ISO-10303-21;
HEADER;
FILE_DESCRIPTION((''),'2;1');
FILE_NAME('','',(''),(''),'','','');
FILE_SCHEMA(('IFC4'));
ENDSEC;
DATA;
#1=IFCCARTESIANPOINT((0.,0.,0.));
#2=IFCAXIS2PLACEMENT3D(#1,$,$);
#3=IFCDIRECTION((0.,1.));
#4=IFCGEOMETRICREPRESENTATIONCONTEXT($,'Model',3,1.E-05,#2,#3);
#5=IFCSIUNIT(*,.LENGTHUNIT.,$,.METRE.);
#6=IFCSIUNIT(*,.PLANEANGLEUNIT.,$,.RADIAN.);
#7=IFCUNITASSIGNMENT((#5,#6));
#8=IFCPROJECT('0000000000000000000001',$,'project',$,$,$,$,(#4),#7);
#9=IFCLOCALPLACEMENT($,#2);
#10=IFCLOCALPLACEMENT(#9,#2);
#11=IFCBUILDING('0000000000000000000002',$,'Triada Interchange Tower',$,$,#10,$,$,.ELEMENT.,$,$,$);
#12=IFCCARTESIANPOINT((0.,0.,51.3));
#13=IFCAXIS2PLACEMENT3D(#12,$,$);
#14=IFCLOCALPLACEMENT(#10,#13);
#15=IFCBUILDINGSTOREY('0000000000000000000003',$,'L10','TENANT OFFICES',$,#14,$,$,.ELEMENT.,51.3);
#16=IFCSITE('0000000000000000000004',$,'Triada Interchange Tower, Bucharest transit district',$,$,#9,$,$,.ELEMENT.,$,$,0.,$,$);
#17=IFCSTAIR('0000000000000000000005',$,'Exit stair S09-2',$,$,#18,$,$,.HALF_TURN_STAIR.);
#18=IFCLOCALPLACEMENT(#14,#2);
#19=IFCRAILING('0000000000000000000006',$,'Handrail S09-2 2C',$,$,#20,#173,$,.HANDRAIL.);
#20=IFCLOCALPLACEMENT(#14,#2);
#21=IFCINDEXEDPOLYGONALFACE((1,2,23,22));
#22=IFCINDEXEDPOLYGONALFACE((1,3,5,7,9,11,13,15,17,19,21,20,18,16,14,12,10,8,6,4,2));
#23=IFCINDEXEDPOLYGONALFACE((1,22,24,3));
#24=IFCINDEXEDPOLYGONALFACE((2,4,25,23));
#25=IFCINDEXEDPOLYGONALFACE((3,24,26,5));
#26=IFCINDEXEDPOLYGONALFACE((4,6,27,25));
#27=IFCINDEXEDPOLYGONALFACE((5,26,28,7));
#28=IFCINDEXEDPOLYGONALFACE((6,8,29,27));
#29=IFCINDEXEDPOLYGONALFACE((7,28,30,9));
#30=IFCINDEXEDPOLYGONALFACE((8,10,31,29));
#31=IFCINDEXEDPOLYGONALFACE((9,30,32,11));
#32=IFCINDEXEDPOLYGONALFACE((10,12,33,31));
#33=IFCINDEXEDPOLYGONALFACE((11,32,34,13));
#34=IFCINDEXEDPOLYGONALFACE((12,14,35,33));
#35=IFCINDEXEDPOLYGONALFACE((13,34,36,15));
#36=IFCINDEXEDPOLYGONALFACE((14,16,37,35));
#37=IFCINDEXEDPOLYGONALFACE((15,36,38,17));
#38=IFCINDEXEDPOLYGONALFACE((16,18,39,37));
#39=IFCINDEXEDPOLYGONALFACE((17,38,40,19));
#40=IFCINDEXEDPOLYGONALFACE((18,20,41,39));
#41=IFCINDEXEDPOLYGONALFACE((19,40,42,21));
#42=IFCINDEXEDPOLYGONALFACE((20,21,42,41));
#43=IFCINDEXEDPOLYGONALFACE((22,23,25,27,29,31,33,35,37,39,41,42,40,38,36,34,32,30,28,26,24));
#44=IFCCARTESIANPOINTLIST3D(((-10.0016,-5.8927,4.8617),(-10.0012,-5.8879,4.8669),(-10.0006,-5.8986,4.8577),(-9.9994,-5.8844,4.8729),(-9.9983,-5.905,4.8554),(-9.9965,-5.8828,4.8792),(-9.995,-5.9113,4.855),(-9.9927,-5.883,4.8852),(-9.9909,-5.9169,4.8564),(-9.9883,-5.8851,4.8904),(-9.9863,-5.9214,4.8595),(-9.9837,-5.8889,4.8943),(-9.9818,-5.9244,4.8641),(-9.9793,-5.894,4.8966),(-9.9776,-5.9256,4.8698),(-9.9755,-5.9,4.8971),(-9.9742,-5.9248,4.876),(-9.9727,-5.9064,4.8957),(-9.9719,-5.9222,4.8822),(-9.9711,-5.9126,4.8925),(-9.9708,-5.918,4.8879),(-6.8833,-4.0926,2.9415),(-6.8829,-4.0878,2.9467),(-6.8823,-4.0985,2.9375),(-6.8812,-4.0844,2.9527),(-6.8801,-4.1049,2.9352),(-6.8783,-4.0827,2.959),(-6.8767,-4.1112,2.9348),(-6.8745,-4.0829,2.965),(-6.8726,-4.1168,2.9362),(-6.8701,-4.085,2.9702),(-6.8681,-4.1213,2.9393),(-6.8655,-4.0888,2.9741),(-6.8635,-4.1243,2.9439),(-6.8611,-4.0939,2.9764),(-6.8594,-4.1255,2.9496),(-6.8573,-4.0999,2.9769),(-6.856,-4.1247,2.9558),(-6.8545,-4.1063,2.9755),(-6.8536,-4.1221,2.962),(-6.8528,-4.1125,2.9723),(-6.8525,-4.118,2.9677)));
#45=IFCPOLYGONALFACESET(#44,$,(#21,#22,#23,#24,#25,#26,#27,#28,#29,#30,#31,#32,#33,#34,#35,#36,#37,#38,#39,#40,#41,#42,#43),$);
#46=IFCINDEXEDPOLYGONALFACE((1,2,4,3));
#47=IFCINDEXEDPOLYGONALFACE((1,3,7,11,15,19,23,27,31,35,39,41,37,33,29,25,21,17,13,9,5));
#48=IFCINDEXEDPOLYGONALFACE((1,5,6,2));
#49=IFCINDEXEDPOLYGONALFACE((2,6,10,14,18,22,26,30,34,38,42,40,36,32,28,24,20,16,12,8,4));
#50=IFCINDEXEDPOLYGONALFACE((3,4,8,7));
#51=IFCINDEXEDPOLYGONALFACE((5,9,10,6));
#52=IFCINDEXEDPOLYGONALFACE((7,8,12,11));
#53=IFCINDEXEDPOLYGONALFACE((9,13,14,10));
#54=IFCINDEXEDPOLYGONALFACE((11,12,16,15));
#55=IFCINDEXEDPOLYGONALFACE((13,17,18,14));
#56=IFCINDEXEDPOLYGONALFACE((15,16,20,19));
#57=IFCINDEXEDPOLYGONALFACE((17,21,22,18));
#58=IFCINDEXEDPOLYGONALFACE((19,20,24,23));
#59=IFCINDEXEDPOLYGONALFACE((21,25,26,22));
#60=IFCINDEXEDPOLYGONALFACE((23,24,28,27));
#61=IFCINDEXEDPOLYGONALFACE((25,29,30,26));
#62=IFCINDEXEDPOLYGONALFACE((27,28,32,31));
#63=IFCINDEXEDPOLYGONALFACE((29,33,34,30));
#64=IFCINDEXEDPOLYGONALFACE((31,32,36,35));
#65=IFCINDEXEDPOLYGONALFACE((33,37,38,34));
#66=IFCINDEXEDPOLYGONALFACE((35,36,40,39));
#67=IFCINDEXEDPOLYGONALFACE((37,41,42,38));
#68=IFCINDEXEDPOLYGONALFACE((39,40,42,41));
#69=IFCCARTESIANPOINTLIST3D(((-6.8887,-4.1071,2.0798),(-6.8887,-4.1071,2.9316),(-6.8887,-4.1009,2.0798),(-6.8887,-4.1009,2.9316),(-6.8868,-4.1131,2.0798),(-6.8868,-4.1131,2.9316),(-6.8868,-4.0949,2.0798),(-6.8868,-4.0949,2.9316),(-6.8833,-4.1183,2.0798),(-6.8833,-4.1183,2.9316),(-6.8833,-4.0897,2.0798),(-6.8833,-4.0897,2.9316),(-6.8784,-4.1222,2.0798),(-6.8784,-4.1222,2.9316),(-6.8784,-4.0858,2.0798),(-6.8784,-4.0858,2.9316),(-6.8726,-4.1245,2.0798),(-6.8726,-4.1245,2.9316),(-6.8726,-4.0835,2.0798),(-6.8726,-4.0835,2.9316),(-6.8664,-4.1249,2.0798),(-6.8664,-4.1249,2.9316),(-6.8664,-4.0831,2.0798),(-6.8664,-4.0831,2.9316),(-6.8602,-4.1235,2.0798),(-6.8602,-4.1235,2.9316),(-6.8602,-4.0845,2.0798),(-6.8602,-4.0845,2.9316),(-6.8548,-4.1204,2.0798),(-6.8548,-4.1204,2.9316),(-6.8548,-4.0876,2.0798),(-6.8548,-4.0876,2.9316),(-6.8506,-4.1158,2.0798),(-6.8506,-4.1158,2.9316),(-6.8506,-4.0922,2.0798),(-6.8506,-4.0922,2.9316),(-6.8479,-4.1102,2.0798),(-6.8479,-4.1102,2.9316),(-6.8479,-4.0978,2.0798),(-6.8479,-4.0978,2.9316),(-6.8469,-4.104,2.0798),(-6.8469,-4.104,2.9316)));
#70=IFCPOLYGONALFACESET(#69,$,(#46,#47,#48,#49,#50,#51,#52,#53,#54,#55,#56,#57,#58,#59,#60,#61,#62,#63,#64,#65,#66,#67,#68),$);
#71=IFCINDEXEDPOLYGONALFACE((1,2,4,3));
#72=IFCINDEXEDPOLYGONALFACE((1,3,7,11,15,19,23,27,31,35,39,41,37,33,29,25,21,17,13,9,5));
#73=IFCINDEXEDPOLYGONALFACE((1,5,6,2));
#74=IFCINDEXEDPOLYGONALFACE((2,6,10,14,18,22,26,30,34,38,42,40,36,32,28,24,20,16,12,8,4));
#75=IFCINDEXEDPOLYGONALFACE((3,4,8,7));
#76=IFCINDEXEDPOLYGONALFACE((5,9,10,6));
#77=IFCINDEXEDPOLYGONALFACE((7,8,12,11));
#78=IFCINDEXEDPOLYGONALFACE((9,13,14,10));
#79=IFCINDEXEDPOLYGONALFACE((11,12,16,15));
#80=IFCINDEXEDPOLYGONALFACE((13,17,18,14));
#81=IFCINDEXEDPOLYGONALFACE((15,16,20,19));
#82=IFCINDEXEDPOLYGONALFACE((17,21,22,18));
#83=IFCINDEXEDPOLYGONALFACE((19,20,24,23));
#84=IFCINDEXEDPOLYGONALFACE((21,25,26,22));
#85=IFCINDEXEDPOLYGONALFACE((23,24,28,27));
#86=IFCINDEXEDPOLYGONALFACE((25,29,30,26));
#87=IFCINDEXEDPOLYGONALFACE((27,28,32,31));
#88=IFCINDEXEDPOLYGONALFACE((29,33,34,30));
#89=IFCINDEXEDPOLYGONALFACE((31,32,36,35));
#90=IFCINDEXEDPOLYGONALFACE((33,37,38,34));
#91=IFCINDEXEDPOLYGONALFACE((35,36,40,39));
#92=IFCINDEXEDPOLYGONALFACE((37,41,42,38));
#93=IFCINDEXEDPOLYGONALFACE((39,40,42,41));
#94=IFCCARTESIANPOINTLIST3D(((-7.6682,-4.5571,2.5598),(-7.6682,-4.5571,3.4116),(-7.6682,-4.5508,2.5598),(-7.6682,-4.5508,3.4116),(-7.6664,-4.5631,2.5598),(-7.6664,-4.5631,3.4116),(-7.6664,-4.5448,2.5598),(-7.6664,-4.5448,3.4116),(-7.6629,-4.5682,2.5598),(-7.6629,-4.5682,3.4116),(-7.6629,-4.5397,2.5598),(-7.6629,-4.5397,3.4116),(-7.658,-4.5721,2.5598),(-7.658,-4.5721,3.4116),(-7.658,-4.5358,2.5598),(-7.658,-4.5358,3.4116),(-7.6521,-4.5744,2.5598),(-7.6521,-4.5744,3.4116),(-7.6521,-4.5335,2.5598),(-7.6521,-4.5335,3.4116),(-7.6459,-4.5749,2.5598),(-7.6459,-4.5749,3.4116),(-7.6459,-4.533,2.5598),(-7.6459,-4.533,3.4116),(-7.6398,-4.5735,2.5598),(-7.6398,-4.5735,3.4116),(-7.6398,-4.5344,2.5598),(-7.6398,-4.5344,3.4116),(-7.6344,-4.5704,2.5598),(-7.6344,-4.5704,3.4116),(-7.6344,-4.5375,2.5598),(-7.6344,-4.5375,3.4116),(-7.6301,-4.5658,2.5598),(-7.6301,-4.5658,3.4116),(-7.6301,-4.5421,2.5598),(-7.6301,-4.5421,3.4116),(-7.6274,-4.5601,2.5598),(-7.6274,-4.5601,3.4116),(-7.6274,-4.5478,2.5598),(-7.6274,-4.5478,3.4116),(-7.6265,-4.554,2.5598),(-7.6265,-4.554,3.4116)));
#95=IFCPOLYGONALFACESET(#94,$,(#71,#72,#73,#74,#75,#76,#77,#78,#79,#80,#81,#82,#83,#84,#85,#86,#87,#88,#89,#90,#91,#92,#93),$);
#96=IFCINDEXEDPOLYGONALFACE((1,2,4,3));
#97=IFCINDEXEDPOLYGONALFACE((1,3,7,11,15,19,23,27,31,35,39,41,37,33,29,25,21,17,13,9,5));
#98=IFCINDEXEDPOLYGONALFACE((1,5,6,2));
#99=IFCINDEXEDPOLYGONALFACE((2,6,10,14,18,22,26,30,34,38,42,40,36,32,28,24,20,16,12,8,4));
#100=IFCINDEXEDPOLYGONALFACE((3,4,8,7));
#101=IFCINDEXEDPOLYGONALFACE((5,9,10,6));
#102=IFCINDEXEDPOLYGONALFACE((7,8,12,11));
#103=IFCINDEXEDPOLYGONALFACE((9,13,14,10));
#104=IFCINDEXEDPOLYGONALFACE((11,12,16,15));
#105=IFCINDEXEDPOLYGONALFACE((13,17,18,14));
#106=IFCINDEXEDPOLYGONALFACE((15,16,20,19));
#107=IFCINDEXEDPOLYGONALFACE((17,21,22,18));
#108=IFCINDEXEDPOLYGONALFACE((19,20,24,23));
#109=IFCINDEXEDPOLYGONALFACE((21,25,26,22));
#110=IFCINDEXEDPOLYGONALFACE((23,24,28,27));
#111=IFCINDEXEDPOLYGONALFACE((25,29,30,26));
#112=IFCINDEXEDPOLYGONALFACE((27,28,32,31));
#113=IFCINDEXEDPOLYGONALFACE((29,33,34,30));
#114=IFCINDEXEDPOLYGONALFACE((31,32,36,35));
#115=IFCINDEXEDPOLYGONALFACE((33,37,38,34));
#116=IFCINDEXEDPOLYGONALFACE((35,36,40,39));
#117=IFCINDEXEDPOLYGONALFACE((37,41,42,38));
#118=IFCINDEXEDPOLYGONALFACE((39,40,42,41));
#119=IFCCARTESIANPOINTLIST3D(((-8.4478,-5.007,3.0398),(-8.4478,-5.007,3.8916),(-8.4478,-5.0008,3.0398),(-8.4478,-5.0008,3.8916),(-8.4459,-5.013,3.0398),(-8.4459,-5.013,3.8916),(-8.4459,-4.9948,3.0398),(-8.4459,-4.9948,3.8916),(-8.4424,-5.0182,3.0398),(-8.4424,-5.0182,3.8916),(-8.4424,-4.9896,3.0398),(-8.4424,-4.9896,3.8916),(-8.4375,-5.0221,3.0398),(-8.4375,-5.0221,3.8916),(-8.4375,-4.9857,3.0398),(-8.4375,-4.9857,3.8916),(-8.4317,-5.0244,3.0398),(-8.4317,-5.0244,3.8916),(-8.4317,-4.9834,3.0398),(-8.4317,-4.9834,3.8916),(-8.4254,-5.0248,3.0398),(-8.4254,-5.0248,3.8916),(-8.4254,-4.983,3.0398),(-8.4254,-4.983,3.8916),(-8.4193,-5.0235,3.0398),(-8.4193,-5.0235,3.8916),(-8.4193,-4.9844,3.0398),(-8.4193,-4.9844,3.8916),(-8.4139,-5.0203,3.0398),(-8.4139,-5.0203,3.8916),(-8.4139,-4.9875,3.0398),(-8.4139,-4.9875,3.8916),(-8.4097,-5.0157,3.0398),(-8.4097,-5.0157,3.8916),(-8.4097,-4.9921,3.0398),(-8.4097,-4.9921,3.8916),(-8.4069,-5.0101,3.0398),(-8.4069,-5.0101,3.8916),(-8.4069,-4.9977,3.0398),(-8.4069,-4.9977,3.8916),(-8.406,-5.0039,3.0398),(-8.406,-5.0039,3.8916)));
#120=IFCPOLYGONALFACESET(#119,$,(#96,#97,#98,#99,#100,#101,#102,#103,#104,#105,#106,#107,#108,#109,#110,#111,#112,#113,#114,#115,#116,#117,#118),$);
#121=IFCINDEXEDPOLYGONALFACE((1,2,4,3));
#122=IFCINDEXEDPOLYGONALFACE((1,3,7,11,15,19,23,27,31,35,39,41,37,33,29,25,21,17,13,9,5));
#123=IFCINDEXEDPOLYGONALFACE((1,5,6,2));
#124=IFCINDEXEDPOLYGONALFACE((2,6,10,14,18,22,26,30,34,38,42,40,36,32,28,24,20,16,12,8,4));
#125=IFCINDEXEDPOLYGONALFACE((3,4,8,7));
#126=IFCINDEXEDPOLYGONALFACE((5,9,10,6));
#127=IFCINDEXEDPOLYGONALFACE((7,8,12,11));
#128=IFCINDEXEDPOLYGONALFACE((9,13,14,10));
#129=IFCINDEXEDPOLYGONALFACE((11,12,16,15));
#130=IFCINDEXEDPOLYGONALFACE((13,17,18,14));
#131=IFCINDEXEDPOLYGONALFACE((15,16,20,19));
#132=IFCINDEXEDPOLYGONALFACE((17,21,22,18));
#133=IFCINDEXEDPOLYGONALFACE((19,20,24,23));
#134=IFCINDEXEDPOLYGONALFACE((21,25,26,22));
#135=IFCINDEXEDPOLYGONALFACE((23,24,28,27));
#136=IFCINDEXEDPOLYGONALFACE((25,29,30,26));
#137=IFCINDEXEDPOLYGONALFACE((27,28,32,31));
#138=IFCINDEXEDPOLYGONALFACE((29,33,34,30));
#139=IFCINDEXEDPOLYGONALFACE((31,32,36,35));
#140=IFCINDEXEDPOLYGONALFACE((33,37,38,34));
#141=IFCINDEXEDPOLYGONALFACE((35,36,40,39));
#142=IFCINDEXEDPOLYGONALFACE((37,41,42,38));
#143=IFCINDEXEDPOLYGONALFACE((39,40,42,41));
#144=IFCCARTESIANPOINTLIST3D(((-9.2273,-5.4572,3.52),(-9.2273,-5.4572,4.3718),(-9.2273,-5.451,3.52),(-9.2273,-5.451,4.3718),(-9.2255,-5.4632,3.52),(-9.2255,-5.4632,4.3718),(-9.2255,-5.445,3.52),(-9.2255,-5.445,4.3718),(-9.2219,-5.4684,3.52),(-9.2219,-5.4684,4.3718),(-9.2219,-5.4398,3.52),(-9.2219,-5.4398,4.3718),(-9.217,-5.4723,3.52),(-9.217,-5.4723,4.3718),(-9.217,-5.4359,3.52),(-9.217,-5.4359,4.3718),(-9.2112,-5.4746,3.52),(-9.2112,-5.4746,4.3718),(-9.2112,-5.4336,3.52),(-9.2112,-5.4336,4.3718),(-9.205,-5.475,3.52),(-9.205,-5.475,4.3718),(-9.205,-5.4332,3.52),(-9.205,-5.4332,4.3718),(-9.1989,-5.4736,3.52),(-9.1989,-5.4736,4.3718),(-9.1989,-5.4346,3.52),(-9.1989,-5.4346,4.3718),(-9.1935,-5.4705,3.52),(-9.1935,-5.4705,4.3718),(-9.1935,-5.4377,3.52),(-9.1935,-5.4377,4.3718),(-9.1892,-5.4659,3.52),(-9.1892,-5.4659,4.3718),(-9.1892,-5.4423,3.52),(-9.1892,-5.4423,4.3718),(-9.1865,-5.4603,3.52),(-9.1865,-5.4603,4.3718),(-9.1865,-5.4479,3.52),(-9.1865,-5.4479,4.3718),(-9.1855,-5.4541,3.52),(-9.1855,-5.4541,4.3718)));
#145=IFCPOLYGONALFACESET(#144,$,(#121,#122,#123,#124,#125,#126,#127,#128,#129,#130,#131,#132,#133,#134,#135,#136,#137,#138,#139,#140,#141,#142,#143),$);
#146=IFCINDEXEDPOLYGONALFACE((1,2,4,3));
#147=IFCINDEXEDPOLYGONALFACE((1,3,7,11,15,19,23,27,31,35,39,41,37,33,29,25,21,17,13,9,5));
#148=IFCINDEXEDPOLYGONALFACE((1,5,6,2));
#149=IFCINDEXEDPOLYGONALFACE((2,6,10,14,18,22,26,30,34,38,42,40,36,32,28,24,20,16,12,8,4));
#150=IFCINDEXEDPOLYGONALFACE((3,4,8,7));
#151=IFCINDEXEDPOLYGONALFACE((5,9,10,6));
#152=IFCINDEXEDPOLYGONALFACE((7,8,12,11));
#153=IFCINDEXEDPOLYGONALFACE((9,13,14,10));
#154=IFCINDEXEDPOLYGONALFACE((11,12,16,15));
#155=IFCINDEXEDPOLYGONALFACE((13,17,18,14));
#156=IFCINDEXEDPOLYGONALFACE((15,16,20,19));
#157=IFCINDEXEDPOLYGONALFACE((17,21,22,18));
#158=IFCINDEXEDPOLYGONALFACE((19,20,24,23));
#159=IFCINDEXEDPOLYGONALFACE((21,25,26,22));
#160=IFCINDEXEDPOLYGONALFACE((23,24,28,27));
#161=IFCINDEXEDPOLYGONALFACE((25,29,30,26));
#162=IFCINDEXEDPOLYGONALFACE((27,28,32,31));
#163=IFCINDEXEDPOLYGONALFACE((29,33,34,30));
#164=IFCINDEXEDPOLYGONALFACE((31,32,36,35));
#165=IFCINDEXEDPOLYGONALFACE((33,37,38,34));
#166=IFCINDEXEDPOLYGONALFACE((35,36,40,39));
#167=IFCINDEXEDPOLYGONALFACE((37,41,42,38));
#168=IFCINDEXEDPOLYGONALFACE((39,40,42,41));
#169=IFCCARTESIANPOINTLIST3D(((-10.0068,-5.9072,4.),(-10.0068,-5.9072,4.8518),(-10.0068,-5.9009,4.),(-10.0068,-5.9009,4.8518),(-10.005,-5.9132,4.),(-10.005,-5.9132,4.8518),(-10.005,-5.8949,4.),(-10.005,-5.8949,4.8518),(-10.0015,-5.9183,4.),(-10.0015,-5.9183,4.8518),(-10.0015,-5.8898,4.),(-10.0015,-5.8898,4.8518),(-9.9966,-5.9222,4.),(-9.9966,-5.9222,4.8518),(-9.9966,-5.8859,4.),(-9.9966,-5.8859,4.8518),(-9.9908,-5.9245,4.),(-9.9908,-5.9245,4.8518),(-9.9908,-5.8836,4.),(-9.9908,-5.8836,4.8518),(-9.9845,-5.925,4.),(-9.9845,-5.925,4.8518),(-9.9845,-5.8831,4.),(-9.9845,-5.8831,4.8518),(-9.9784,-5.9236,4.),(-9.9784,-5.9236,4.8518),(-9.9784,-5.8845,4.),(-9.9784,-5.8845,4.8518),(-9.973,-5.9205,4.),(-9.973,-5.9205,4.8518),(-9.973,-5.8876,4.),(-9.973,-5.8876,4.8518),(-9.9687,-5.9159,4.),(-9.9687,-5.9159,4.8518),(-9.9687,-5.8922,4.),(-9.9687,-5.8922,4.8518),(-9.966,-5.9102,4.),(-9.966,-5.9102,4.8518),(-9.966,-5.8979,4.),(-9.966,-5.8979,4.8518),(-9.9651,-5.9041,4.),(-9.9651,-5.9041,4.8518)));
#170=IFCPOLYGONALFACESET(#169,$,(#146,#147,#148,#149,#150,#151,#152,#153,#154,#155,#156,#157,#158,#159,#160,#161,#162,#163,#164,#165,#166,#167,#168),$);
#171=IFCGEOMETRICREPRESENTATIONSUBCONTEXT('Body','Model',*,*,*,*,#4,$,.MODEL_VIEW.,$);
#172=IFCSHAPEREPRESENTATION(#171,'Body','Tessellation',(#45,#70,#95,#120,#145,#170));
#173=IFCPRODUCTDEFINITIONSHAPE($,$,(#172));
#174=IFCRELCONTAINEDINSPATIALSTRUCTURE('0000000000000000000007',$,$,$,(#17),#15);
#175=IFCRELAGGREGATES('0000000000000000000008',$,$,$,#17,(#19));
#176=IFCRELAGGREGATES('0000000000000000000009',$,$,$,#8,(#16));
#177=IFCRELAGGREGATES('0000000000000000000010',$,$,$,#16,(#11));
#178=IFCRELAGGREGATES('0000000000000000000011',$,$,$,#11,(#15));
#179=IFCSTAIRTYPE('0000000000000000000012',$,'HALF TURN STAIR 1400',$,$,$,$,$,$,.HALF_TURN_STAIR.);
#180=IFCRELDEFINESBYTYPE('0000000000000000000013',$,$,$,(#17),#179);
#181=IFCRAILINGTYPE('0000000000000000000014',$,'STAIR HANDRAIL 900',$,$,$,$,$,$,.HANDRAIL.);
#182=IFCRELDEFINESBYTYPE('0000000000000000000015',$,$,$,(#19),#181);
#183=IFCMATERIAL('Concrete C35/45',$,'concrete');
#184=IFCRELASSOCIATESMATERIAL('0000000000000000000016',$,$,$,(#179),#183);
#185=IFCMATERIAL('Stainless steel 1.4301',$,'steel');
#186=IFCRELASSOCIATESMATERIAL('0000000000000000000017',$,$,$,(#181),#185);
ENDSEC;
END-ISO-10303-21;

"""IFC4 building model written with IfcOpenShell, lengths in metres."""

from ifc_helpers import new_model, si_unit, direction, frame, origin, origin_2d, place, context, subcontext, project, spatial, circle, extrude, material, type_object, element, aggregate, save


model = new_model("IFC4")

# Units and contexts
model_context = context("Model", 3, precision=1e-05, world=origin(), true_north=direction((0.0, 1.0)))
body_context = subcontext(model_context, "Body", "Model", "MODEL_VIEW")
ifc_project = project(units=[si_unit("LENGTHUNIT", "METRE"), si_unit("PLANEANGLEUNIT", "RADIAN")], contexts=[model_context])

# Site, building, storey
site_placement = place(None, origin())
site = spatial("IfcSite", under=ifc_project, at=site_placement, Name="Triada Interchange Tower, Bucharest transit district", CompositionType="ELEMENT", RefElevation=0.0)
building_placement = place(site_placement, origin())
building = spatial("IfcBuilding", under=site, at=building_placement, Name="Triada Interchange Tower", CompositionType="ELEMENT")
storey_placement = place(building_placement, frame((0.0, 0.0, 51.3)))
storey = spatial("IfcBuildingStorey", under=building, at=storey_placement, Name="L10", Description="TENANT OFFICES", CompositionType="ELEMENT", Elevation=51.3)

# Stair, railing
ifc_material_1 = material(Name="Concrete C35/45", Category="concrete")
stair_type = type_object("IfcStairType", Name="HALF TURN STAIR 1400", PredefinedType="HALF_TURN_STAIR", material=ifc_material_1)
stair_placement = place(storey_placement, origin())
stair = element("IfcStair", 1, at=stair_placement, inside=storey, type_object=stair_type, Name="Exit stair S09-2", PredefinedType="HALF_TURN_STAIR")
ifc_material_2 = material(Name="Stainless steel 1.4301", Category="steel")
railing_type = type_object("IfcRailingType", Name="STAIR HANDRAIL 900", PredefinedType="HANDRAIL", material=ifc_material_2)
railing_1_placement = place(storey_placement, frame((-6.8679, -4.104, 2.0798)))
railing_1 = element("IfcRailing", 2, at=railing_1_placement, type_object=railing_type, Name="Handrail S09-2 2C", PredefinedType="HANDRAIL", context=body_context, shape_type="SweptSolid", body=[
    extrude(circle(Radius=0.0239, at=origin_2d()), frame((0.0, 0.0, 0.876), z_axis=(-0.76417, -0.441139, 0.470576), x_axis=(0.499953, -0.866052, 0.0)), (0.0, 0.0, 1.0), 4.0806),
    extrude(circle(Radius=0.021, at=origin_2d()), origin(), (0.0, 0.0, 1.0), 0.8518),
    extrude(circle(Radius=0.021, at=origin_2d()), frame((-0.7795, -0.45, 0.48)), (0.0, 0.0, 1.0), 0.8518),
    extrude(circle(Radius=0.021, at=origin_2d()), frame((-1.5591, -0.8999, 0.96)), (0.0, 0.0, 1.0), 0.8518),
    extrude(circle(Radius=0.021, at=origin_2d()), frame((-2.3386, -1.3501, 1.4402)), (0.0, 0.0, 1.0), 0.8518),
    extrude(circle(Radius=0.021, at=origin_2d()), frame((-3.1182, -1.8, 1.9202)), (0.0, 0.0, 1.0), 0.8518),
])
aggregate(stair, [railing_1])

save(model, "model.ifc")
